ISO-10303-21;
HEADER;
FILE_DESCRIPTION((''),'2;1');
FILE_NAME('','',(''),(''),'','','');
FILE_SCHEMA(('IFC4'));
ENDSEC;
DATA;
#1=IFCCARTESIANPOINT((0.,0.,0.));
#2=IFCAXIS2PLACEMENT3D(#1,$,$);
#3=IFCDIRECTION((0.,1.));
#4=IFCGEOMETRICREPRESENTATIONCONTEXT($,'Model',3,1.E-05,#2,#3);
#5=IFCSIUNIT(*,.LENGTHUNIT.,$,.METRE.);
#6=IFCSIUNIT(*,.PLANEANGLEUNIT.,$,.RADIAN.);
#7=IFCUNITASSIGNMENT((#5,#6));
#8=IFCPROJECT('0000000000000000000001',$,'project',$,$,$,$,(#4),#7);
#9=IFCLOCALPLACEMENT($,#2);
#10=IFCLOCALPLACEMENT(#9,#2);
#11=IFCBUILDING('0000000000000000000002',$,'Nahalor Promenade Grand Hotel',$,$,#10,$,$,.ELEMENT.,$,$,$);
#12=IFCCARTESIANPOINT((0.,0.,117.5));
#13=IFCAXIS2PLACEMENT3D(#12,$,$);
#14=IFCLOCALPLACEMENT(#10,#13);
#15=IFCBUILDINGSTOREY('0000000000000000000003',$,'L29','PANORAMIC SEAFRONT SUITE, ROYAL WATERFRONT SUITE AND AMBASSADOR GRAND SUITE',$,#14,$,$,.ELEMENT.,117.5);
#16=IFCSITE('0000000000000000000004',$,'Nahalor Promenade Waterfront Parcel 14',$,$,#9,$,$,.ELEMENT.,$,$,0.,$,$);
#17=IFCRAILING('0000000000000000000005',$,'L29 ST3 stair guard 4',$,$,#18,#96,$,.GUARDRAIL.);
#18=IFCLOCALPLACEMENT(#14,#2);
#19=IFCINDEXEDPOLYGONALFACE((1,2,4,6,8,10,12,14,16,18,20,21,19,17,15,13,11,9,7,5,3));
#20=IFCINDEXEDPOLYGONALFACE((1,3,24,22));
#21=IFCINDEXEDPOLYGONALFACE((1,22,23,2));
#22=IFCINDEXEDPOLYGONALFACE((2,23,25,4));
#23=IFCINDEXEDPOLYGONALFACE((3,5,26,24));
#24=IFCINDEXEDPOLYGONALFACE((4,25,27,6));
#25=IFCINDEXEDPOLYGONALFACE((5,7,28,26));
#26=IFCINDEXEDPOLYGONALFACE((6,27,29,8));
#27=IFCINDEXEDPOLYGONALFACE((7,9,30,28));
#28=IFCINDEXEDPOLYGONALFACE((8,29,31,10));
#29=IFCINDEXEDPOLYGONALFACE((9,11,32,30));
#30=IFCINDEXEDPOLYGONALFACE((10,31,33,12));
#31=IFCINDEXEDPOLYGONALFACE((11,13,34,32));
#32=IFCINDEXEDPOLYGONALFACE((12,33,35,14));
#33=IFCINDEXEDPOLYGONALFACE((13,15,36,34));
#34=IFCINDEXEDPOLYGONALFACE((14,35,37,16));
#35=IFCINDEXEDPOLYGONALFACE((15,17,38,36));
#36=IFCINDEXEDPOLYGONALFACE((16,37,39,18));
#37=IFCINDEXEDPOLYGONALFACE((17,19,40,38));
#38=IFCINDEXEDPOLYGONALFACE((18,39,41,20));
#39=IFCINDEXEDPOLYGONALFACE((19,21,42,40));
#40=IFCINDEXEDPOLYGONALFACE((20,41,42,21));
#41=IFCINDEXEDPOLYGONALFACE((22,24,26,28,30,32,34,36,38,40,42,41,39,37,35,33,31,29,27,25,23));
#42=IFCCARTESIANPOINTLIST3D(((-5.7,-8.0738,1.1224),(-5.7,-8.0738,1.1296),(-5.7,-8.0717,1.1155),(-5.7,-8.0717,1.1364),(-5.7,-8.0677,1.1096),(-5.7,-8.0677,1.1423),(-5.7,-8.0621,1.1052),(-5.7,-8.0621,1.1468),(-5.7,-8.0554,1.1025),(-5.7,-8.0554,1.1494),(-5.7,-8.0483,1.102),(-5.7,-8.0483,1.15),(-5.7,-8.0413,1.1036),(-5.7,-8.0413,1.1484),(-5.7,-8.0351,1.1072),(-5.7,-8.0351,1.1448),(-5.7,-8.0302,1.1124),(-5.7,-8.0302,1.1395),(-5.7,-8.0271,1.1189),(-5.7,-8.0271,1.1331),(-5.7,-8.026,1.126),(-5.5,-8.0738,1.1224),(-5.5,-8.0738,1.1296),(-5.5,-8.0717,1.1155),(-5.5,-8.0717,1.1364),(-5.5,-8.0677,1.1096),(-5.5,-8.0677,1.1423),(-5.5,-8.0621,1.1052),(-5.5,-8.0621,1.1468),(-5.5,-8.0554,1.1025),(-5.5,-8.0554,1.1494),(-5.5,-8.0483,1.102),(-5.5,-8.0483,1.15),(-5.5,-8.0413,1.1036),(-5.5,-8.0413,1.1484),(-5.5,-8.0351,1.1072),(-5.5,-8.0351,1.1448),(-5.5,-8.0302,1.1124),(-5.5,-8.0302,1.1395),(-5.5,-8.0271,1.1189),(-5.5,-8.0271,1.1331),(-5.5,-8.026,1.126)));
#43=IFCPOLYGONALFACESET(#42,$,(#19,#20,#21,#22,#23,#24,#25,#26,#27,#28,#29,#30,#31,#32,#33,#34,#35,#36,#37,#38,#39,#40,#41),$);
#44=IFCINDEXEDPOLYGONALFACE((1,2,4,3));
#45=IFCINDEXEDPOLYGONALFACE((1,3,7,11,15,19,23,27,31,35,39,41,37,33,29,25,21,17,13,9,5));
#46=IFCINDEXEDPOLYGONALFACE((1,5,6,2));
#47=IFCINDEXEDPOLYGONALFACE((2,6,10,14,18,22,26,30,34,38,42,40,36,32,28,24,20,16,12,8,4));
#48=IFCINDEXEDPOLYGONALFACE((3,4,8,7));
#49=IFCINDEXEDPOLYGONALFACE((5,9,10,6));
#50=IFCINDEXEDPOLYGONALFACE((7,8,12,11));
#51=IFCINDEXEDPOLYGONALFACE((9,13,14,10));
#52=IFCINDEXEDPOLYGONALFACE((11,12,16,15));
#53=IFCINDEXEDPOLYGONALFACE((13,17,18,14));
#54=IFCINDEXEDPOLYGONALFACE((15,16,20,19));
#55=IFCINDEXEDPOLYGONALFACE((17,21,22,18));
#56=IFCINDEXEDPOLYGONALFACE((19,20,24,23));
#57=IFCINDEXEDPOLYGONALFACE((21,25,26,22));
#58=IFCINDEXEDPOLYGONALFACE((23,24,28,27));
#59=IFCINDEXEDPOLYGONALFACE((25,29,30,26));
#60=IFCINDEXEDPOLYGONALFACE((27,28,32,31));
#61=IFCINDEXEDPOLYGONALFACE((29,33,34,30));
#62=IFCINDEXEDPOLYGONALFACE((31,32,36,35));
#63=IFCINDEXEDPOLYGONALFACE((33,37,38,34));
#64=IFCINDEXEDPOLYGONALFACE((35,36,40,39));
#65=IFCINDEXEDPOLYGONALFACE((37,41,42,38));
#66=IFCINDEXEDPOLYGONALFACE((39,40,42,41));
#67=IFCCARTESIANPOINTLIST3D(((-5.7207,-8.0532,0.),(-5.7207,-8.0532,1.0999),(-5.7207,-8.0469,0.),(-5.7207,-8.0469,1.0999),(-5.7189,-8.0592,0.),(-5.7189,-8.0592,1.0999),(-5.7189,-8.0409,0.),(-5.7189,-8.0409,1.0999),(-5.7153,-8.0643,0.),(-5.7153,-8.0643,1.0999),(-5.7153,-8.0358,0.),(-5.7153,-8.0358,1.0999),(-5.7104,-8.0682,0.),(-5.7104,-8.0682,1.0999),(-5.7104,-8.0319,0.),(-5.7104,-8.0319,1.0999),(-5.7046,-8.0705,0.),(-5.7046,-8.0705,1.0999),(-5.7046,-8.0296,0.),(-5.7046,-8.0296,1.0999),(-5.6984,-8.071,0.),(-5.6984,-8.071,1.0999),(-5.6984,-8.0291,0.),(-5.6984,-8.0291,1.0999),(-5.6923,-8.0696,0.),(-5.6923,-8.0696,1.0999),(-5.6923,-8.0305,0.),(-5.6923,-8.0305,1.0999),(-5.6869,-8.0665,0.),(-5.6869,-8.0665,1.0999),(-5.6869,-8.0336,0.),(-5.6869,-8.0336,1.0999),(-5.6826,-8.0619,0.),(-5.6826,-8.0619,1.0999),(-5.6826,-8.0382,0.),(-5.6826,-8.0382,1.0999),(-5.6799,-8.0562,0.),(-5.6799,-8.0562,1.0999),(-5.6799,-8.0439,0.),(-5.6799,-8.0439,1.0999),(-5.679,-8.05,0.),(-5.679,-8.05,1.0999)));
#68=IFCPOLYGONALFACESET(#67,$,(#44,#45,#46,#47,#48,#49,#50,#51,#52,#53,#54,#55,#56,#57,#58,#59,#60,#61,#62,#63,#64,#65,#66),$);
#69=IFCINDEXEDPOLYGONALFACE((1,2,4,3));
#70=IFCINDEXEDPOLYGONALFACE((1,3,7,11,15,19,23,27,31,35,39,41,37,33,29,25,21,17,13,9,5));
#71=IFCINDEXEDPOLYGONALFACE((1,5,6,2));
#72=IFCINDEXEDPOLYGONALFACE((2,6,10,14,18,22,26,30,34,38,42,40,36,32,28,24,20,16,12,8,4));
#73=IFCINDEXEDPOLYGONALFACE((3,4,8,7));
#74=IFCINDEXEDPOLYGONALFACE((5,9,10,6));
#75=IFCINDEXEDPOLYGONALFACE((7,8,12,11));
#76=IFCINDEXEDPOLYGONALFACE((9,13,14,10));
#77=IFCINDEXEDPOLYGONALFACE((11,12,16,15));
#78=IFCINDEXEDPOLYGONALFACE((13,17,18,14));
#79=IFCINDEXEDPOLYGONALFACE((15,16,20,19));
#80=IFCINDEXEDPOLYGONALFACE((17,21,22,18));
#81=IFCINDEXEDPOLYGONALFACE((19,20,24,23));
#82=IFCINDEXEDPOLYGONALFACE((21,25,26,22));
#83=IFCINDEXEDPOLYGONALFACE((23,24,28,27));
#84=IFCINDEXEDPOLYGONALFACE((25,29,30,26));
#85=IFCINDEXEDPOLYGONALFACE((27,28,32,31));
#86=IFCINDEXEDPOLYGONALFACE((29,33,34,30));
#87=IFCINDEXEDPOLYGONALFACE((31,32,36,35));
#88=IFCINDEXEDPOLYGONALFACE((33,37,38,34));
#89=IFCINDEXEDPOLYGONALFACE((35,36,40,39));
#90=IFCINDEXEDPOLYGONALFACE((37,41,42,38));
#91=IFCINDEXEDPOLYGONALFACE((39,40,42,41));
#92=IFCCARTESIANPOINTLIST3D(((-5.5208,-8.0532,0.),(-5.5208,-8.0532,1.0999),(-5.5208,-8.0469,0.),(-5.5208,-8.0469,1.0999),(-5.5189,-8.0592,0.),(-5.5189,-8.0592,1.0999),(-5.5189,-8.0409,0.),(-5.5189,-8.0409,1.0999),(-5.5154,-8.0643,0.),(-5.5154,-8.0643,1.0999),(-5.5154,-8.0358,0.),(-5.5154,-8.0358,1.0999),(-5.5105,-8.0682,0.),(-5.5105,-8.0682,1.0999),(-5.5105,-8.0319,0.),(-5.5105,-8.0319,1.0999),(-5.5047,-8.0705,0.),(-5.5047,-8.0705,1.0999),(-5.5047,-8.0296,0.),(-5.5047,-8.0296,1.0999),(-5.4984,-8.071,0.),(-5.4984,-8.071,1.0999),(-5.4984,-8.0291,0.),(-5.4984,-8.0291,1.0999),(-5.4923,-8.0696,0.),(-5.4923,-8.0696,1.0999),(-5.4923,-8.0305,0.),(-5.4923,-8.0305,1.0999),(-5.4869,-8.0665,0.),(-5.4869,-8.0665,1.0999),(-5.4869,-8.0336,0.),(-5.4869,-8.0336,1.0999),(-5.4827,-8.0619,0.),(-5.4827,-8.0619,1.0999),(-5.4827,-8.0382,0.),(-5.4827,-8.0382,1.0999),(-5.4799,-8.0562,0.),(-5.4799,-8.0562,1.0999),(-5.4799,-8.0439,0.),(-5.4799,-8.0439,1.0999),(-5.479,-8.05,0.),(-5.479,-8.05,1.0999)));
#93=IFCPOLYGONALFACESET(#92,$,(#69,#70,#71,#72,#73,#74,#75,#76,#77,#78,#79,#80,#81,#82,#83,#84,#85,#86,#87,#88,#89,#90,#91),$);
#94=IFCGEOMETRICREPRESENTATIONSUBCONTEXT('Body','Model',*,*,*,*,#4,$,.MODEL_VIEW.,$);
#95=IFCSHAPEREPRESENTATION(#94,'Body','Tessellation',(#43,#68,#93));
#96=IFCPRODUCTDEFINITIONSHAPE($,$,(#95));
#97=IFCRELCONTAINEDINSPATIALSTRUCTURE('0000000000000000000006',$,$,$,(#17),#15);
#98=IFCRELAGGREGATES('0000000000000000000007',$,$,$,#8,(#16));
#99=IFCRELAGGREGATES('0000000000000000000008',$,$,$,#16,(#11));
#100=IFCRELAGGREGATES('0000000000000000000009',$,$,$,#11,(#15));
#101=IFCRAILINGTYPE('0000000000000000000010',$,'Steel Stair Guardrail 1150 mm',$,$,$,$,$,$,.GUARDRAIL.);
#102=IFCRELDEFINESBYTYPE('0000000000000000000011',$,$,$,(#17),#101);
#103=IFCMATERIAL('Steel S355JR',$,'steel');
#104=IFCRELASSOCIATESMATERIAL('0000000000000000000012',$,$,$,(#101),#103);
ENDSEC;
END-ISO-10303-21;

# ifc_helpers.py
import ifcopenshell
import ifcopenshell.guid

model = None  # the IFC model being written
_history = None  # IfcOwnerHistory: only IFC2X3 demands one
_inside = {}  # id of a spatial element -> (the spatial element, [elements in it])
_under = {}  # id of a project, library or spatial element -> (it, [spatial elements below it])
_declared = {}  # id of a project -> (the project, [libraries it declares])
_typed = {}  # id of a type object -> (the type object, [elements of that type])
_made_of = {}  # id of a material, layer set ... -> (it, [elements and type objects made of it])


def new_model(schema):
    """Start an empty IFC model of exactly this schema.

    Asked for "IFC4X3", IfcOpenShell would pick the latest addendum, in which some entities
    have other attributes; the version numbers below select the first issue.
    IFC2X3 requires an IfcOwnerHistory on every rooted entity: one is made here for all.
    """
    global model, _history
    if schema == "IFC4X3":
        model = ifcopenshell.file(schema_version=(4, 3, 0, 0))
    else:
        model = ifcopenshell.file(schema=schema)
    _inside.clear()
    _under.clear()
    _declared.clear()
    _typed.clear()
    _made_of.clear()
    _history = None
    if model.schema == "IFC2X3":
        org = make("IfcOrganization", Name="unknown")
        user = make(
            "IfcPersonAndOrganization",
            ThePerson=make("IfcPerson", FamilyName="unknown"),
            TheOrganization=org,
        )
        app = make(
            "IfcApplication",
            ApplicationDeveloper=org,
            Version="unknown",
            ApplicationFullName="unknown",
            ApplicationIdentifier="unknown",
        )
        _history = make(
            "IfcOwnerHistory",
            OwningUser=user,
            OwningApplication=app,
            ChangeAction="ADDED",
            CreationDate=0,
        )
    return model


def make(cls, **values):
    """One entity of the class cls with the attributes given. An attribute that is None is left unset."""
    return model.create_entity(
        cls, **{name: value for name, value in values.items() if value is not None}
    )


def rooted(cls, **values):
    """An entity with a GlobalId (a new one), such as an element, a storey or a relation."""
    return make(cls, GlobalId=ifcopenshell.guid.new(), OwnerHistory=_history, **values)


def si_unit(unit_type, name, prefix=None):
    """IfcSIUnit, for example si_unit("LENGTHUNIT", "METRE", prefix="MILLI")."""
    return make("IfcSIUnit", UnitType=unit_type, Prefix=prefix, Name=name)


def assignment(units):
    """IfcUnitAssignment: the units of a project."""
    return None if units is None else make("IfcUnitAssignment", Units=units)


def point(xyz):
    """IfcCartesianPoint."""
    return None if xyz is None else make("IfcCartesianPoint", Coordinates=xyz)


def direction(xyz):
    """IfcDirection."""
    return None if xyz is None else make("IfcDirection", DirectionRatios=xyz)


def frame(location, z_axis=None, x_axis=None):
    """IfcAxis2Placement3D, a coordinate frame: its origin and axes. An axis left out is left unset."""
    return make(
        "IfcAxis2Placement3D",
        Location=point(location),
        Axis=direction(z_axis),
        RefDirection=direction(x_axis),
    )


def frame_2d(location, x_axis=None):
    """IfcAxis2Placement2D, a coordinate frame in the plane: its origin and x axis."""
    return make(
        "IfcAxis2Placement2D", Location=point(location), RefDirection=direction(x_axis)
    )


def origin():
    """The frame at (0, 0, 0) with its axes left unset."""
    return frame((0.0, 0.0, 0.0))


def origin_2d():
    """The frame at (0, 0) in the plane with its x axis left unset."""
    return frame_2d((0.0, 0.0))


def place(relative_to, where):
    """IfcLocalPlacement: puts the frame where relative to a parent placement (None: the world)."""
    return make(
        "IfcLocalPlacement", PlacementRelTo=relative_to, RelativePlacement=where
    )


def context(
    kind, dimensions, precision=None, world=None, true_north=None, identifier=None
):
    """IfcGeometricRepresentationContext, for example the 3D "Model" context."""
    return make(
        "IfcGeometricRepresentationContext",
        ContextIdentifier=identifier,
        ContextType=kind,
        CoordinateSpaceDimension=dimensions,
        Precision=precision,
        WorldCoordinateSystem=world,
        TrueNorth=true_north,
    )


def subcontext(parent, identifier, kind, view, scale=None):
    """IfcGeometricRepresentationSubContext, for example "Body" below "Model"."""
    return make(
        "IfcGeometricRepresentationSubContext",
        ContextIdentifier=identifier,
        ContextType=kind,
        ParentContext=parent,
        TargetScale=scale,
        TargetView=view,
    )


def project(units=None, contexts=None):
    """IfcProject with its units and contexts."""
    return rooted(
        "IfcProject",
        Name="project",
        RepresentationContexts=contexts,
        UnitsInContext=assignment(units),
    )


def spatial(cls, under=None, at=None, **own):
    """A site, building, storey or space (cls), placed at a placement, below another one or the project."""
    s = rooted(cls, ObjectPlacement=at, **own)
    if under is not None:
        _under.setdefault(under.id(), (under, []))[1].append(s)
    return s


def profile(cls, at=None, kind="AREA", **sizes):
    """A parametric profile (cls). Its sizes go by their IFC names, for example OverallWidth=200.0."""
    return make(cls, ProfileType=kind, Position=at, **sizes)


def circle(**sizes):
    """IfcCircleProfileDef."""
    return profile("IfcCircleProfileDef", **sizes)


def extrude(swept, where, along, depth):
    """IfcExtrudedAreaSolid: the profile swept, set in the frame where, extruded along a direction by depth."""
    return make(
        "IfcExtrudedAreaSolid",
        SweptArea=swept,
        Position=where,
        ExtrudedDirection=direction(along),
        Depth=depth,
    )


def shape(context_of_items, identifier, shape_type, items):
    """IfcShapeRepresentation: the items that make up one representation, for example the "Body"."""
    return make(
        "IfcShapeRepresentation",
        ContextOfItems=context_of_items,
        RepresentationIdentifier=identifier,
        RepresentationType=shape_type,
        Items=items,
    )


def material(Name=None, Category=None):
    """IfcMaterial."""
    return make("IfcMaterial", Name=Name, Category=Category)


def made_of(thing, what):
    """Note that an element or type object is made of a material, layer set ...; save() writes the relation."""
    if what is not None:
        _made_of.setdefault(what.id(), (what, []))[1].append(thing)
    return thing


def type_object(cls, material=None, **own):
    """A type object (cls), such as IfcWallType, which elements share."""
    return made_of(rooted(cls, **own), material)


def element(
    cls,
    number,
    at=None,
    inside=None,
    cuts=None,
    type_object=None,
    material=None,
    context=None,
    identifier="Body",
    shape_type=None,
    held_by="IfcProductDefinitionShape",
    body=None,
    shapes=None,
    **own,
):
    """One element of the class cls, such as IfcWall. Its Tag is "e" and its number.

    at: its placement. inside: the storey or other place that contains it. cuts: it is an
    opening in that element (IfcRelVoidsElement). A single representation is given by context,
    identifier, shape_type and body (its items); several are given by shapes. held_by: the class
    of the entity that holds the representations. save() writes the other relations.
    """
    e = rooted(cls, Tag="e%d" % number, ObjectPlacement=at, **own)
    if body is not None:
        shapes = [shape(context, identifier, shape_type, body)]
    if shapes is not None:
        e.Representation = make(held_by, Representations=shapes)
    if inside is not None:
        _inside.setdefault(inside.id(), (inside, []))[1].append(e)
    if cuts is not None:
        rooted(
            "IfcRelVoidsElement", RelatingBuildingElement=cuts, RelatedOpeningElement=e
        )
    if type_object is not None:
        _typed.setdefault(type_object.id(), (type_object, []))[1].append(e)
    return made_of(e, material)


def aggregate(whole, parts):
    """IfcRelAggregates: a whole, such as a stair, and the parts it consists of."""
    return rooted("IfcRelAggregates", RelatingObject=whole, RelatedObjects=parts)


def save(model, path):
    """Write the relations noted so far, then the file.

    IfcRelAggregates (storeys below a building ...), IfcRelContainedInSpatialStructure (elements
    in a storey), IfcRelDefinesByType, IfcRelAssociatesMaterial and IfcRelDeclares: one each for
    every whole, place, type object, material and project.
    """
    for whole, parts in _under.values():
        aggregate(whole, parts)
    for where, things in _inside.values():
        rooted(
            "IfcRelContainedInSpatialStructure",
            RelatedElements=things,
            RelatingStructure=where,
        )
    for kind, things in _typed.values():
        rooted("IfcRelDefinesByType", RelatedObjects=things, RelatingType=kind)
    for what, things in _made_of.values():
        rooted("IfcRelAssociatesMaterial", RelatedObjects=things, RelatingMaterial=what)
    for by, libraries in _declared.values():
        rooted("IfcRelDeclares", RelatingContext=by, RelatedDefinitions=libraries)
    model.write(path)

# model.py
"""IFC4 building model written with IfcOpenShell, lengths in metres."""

from ifc_helpers import new_model, si_unit, direction, frame, origin, origin_2d, place, context, subcontext, project, spatial, circle, extrude, material, type_object, element, save


model = new_model("IFC4")

# Units and contexts
model_context = context("Model", 3, precision=1e-05, world=origin(), true_north=direction((0.0, 1.0)))
body_context = subcontext(model_context, "Body", "Model", "MODEL_VIEW")
ifc_project = project(units=[si_unit("LENGTHUNIT", "METRE"), si_unit("PLANEANGLEUNIT", "RADIAN")], contexts=[model_context])

# Site, building, storey
site_placement = place(None, origin())
site = spatial("IfcSite", under=ifc_project, at=site_placement, Name="Nahalor Promenade Waterfront Parcel 14", CompositionType="ELEMENT", RefElevation=0.0)
building_placement = place(site_placement, origin())
building = spatial("IfcBuilding", under=site, at=building_placement, Name="Nahalor Promenade Grand Hotel", CompositionType="ELEMENT")
storey_placement = place(building_placement, frame((0.0, 0.0, 117.5)))
storey = spatial("IfcBuildingStorey", under=building, at=storey_placement, Name="L29", Description="PANORAMIC SEAFRONT SUITE, ROYAL WATERFRONT SUITE AND AMBASSADOR GRAND SUITE", CompositionType="ELEMENT", Elevation=117.5)

# Shared definitions
ifc_material_1 = material(Name="Steel S355JR", Category="steel")

# Railing
railing_type_1 = type_object("IfcRailingType", Name="Steel Stair Guardrail 1150 mm", PredefinedType="GUARDRAIL", material=ifc_material_1)
railing_1_placement = place(storey_placement, frame((-5.7, -8.05, 0.0)))
element("IfcRailing", 1, at=railing_1_placement, inside=storey, type_object=railing_type_1, Name="L29 ST3 stair guard 4", PredefinedType="GUARDRAIL", context=body_context, shape_type="SweptSolid", body=[
    extrude(circle(Radius=0.024, at=origin_2d()), frame((0.0, 0.0, 1.126), z_axis=(1.0, 0.0, 0.0), x_axis=(0.0, 1.0, 0.0)), (0.0, 0.0, 1.0), 0.2),
    extrude(circle(Radius=0.021, at=origin_2d()), origin(), (0.0, 0.0, 1.0), 1.0999),
    extrude(circle(Radius=0.021, at=origin_2d()), frame((0.2, 0.0, 0.0)), (0.0, 0.0, 1.0), 1.0999),
])

save(model, "model.ifc")
